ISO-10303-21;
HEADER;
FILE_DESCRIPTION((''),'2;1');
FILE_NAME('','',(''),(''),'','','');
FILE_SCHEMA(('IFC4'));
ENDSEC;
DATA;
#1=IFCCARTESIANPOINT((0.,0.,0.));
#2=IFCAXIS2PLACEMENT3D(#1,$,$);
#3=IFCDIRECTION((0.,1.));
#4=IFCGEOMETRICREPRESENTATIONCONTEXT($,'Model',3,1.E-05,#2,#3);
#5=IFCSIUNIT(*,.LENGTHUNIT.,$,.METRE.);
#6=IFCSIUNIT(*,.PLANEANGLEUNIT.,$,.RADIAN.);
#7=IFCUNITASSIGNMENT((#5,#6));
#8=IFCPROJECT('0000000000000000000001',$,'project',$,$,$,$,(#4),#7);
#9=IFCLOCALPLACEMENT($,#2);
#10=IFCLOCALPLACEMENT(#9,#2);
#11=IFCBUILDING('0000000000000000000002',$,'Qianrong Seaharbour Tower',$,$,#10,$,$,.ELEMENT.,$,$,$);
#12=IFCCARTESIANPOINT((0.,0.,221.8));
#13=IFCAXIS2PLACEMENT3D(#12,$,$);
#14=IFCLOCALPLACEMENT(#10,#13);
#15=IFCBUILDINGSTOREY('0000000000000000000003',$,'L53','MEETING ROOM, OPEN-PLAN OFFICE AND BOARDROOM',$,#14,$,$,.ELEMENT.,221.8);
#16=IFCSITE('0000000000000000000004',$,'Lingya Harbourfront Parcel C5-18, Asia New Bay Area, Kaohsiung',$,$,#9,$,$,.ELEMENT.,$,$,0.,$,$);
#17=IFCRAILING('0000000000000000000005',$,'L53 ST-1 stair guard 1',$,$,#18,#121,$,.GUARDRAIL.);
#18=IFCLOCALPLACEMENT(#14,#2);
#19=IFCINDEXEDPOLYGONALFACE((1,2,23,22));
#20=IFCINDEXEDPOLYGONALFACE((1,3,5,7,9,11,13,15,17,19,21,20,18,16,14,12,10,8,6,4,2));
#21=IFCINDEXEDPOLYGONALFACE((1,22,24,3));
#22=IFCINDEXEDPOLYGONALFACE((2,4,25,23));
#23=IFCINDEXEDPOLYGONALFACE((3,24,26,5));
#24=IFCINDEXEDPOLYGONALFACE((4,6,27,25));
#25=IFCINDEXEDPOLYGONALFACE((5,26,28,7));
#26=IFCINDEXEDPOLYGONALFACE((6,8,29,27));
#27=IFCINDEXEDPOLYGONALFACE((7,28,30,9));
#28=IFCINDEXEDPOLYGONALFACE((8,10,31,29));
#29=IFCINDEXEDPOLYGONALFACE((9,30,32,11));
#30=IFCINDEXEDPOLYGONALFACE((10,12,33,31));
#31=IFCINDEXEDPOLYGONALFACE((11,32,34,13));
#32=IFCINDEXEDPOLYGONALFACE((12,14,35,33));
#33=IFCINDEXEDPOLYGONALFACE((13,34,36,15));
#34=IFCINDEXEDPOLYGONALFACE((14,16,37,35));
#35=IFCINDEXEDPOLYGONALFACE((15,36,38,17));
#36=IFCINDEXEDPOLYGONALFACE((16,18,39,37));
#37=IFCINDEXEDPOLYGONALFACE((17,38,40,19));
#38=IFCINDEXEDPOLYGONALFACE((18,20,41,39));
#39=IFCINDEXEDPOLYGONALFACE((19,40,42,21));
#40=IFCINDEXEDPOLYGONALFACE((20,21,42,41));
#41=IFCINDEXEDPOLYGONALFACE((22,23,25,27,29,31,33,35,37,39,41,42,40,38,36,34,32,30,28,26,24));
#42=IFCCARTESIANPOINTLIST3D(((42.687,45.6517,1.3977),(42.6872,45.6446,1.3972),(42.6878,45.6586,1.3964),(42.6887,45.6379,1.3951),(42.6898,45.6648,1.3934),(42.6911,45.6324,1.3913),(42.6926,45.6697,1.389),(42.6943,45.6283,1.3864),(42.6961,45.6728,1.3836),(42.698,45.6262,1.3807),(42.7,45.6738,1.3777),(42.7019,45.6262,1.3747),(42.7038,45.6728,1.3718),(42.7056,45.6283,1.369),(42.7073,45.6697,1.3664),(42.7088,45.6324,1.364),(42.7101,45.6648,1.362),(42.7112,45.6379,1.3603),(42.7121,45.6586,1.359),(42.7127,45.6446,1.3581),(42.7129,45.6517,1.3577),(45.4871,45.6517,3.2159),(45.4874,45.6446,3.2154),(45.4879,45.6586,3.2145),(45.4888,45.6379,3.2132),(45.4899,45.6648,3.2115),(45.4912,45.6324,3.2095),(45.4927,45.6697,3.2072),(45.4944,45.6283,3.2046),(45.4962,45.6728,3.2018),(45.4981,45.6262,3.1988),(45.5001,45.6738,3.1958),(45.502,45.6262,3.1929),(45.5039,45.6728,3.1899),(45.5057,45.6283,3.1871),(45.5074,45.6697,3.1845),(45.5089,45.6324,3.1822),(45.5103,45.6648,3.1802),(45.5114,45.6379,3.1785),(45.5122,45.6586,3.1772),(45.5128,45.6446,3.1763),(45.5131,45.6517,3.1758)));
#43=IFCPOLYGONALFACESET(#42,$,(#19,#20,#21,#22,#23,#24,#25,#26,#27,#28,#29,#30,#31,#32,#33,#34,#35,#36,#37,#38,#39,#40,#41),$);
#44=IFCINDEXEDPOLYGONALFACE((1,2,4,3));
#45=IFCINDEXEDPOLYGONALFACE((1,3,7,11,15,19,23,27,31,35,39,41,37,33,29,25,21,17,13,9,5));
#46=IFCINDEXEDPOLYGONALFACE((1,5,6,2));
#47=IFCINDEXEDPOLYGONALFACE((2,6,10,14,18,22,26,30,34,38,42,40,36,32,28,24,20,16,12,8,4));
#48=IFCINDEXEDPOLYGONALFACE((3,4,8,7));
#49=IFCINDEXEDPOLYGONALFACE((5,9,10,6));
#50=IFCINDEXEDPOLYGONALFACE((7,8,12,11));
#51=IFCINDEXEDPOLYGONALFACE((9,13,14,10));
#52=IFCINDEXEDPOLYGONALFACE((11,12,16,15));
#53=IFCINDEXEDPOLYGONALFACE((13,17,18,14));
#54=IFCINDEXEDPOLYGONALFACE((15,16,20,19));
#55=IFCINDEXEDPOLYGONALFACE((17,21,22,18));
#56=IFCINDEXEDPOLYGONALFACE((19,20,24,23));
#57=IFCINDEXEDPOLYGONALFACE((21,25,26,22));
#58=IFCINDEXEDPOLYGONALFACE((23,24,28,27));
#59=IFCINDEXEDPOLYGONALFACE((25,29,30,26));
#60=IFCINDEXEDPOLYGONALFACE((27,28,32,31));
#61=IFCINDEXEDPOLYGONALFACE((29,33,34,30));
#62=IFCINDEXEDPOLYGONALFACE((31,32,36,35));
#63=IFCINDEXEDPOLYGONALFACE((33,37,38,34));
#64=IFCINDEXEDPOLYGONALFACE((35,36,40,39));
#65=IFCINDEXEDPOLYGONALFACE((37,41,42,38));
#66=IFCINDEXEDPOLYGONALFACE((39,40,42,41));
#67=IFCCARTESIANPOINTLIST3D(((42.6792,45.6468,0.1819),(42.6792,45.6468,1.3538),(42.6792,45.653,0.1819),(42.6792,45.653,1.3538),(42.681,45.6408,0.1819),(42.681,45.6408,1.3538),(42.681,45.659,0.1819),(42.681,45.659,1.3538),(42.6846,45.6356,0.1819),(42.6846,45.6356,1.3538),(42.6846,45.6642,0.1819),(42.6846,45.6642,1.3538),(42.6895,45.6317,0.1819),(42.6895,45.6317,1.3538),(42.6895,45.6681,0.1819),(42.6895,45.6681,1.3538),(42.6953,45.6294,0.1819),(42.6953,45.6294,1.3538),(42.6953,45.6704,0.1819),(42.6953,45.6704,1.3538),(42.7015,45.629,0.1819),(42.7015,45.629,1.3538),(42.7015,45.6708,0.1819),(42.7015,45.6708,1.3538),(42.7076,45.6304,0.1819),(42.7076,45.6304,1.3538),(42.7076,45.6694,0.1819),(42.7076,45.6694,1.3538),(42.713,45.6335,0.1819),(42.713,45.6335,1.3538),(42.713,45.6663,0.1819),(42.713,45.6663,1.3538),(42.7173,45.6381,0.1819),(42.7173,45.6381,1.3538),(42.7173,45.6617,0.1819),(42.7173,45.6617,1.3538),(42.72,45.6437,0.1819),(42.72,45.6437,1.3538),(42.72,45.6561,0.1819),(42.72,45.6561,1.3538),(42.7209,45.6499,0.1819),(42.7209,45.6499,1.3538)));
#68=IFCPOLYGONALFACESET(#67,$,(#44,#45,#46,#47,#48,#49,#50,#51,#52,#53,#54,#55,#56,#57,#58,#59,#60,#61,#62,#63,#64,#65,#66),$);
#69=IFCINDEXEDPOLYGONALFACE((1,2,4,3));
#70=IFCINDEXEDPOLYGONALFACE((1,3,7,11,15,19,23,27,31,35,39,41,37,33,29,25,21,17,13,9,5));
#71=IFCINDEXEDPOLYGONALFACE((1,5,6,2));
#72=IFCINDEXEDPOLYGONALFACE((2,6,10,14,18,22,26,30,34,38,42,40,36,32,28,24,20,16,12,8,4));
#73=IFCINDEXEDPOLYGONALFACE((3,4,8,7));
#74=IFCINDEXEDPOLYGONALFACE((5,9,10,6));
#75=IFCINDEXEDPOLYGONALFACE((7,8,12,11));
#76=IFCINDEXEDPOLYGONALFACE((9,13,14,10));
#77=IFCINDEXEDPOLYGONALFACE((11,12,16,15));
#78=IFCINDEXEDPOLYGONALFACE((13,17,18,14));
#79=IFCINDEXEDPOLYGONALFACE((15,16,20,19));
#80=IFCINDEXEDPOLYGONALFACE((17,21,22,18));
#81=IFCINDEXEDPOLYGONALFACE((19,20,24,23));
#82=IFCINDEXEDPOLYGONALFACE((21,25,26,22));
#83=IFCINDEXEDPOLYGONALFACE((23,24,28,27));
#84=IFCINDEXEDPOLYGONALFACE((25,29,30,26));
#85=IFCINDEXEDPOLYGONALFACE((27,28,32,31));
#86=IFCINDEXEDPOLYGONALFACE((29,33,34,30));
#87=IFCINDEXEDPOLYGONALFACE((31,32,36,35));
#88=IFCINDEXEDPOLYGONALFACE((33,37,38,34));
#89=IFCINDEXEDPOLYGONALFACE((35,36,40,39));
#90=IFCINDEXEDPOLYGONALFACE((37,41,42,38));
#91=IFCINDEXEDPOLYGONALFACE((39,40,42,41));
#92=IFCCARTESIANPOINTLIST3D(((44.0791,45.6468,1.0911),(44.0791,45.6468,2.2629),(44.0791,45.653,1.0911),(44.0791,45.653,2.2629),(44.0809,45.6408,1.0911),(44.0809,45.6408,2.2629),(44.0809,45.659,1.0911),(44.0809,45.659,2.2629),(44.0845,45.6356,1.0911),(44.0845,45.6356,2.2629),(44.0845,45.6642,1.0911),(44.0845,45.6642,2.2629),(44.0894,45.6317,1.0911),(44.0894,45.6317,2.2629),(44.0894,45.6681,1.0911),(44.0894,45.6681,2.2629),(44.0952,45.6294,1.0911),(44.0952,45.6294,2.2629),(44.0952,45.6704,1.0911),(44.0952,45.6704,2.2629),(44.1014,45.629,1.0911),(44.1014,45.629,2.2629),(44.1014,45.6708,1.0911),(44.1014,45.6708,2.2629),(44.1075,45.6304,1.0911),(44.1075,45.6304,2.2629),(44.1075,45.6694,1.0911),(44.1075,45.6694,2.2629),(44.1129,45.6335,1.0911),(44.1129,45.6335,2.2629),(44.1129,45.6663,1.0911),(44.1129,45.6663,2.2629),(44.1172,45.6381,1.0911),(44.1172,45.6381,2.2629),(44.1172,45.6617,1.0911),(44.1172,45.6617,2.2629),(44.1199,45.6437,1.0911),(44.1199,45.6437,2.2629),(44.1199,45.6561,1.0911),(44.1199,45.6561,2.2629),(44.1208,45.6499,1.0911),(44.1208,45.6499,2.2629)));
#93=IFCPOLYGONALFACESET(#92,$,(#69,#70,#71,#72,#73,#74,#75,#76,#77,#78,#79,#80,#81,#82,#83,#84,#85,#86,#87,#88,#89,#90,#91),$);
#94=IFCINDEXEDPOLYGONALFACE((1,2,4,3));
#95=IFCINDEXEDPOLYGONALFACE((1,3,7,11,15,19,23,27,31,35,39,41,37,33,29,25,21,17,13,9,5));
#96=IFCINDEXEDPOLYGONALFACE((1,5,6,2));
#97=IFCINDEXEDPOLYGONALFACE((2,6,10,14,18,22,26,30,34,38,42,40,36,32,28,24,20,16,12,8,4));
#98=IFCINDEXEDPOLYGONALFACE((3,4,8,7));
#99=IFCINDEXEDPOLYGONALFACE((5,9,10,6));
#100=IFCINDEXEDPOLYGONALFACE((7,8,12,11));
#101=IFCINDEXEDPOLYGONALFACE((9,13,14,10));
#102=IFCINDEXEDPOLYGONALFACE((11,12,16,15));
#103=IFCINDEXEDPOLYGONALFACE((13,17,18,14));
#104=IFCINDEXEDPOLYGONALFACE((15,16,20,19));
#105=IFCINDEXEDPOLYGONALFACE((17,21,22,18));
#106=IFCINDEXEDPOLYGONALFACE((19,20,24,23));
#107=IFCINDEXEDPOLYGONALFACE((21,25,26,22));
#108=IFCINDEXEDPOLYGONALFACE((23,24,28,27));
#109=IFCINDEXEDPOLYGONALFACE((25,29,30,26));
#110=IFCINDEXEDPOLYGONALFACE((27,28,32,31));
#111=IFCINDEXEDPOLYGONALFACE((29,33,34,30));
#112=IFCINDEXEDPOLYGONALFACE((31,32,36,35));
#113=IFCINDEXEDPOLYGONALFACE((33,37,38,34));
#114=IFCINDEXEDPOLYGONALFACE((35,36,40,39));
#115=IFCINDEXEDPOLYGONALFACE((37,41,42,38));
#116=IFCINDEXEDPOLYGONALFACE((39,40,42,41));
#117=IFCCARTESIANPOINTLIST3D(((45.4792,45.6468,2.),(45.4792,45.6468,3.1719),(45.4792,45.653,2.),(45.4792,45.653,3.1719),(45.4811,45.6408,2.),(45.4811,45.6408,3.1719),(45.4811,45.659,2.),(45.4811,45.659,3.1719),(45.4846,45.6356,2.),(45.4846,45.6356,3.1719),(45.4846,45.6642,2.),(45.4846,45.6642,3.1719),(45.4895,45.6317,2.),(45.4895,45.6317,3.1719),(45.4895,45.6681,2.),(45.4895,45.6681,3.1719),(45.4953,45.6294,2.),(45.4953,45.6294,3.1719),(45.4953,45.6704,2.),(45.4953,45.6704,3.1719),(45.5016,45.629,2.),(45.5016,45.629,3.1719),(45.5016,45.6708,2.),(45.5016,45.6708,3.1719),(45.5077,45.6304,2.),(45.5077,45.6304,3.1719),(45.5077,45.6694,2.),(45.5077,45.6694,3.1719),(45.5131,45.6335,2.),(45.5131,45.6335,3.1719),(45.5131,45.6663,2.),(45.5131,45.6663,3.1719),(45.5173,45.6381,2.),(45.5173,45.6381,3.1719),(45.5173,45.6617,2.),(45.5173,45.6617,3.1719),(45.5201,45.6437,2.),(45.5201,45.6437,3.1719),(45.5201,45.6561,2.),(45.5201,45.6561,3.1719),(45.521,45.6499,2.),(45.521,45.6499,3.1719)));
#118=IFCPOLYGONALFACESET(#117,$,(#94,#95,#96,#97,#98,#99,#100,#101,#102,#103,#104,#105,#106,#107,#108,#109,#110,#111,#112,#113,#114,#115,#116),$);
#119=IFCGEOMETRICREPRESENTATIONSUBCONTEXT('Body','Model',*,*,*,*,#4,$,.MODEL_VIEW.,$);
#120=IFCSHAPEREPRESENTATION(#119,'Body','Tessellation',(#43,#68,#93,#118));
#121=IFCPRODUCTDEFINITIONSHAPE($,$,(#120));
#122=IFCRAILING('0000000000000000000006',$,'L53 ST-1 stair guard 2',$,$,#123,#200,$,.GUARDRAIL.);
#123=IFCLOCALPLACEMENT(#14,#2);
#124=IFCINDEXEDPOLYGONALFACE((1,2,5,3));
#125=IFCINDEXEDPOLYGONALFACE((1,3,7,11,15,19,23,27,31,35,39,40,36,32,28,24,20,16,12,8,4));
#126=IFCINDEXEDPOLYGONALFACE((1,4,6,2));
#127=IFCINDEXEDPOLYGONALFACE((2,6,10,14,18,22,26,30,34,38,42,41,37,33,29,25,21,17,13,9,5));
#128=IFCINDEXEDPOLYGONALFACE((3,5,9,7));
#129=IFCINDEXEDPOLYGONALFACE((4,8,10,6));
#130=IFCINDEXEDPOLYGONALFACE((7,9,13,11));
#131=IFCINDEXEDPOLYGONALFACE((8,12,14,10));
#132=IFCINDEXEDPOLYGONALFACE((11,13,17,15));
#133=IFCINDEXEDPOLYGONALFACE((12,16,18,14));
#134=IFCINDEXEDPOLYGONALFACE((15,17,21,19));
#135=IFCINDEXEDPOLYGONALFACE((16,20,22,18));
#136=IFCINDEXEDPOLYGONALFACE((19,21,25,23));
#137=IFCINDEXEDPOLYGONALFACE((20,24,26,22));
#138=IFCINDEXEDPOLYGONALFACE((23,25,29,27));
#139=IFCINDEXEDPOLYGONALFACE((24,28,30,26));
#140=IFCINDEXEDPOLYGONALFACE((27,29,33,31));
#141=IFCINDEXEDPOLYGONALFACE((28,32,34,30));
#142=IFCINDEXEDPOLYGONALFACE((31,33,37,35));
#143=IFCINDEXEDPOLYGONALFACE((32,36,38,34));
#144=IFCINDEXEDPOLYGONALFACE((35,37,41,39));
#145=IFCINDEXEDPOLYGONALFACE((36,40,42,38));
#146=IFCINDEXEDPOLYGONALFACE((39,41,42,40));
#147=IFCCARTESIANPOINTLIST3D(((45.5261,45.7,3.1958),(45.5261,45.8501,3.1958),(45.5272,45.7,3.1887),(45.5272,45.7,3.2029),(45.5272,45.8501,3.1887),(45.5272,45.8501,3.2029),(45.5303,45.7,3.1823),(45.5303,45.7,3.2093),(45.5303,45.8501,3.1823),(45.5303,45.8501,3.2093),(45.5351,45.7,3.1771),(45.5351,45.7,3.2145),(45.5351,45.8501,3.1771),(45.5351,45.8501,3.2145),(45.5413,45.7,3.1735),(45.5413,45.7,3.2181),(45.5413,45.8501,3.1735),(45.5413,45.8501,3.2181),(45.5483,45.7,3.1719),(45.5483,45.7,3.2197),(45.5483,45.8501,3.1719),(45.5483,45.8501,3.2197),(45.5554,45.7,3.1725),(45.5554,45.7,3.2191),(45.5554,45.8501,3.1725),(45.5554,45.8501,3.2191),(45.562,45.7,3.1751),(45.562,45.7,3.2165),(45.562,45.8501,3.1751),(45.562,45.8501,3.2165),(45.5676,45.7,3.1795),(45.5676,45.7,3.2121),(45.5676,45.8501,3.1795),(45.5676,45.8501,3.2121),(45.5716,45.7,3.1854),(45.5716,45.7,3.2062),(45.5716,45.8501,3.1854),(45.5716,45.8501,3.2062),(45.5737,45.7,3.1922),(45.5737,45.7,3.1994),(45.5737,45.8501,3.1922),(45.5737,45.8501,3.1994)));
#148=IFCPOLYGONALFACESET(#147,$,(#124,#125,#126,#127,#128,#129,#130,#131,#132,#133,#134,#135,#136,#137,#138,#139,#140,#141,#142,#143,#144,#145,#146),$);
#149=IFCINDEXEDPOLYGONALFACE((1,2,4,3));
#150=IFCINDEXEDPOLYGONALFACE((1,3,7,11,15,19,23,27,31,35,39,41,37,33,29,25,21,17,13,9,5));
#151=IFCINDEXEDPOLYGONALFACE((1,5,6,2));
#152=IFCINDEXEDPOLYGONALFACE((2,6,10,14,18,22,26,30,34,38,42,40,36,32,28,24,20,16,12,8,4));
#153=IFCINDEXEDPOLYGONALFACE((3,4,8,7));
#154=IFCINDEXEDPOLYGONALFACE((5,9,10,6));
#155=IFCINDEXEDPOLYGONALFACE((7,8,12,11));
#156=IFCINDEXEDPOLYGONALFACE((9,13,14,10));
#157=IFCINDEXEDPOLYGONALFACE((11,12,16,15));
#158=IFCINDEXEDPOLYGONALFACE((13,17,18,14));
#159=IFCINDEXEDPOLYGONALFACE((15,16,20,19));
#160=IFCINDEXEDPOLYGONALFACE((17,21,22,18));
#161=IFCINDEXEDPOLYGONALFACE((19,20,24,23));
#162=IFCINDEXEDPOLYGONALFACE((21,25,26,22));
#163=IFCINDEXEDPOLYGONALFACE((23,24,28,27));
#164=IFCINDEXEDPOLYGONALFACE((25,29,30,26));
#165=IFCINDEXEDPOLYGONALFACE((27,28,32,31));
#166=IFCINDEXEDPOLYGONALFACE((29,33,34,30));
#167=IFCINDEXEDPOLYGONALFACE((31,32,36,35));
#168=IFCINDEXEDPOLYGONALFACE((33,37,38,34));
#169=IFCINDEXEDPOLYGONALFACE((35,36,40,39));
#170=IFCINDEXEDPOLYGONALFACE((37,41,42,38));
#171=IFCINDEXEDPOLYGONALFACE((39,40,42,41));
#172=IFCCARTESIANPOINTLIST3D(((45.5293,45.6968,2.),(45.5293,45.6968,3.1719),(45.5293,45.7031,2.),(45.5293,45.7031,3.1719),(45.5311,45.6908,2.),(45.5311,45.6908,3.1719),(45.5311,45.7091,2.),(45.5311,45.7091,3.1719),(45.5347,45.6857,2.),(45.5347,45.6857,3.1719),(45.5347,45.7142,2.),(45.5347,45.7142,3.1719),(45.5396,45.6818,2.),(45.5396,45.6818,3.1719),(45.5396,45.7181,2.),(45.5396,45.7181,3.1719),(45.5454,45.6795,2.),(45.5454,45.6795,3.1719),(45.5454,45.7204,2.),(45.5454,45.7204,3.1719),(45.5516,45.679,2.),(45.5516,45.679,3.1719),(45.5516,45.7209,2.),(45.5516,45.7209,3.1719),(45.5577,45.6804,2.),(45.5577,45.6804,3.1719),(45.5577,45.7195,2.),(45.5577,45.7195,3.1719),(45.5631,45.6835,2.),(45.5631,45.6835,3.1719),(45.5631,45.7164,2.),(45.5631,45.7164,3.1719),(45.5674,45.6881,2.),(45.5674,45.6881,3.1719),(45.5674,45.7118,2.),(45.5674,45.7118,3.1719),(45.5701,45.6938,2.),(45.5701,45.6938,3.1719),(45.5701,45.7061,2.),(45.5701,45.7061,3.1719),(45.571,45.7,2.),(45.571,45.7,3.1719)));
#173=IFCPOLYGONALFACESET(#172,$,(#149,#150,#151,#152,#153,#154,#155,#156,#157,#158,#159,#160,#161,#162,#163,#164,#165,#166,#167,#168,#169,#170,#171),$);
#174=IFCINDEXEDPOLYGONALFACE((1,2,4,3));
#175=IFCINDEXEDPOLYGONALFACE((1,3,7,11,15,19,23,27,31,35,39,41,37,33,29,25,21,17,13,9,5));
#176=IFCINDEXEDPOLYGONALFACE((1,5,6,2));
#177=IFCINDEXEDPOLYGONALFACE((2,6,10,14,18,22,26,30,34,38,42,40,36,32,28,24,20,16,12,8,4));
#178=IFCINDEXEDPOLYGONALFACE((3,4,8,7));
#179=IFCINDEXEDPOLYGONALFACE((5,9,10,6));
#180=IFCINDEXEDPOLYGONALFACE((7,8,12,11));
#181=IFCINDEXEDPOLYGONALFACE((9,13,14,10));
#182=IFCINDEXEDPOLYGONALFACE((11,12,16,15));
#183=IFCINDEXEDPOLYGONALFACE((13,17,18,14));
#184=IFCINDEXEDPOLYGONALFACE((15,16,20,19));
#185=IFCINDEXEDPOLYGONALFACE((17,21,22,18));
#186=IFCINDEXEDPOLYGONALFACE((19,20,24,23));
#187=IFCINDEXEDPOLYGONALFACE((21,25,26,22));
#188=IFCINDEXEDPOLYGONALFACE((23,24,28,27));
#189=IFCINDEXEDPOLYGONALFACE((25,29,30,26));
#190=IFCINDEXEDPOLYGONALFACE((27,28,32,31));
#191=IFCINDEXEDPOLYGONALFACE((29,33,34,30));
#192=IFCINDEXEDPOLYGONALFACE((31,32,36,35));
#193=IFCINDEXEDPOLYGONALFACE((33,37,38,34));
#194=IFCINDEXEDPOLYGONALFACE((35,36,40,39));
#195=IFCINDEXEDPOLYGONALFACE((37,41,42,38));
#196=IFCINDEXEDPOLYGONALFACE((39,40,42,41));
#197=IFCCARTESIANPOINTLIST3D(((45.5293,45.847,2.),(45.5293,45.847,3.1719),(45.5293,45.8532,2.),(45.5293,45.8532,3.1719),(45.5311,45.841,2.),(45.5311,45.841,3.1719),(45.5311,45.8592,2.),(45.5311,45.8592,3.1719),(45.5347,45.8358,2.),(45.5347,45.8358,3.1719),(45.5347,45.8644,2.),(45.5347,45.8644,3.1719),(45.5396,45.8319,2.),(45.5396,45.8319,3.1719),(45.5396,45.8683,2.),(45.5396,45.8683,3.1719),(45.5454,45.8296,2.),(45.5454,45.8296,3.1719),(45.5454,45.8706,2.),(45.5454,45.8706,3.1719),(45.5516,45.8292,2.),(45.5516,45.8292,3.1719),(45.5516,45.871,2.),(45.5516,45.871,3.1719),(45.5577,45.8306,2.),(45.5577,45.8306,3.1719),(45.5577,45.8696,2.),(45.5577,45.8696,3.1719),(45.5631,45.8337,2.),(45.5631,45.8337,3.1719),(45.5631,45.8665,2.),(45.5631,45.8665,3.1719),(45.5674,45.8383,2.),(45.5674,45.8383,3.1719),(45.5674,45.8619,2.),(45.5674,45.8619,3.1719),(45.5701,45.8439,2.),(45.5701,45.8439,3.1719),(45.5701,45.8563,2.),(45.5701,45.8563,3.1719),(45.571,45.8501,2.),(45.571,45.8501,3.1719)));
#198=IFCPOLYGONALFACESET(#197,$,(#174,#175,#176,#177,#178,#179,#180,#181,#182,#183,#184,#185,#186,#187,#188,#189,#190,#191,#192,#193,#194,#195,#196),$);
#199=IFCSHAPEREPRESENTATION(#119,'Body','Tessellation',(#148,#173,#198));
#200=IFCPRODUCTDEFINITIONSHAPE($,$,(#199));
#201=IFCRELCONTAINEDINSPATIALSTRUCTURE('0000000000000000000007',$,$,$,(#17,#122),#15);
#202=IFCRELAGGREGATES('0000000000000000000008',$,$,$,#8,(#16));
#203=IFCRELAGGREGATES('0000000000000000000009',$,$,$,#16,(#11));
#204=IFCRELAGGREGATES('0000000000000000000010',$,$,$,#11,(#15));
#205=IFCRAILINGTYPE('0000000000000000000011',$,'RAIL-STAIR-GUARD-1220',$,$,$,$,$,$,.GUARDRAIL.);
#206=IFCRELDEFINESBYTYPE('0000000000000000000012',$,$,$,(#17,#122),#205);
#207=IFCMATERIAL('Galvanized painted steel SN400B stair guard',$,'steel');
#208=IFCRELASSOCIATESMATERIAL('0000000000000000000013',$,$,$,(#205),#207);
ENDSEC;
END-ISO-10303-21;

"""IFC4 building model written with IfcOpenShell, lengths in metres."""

from ifc_helpers import new_model, si_unit, direction, frame, origin, origin_2d, place, context, subcontext, project, spatial, circle, extrude, material, type_object, element, save


model = new_model("IFC4")

# Units and contexts
model_context = context("Model", 3, precision=1e-05, world=origin(), true_north=direction((0.0, 1.0)))
body_context = subcontext(model_context, "Body", "Model", "MODEL_VIEW")
ifc_project = project(units=[si_unit("LENGTHUNIT", "METRE"), si_unit("PLANEANGLEUNIT", "RADIAN")], contexts=[model_context])

# Site, building, storey
site_placement = place(None, origin())
site = spatial("IfcSite", under=ifc_project, at=site_placement, Name="Lingya Harbourfront Parcel C5-18, Asia New Bay Area, Kaohsiung", CompositionType="ELEMENT", RefElevation=0.0)
building_placement = place(site_placement, origin())
building = spatial("IfcBuilding", under=site, at=building_placement, Name="Qianrong Seaharbour Tower", CompositionType="ELEMENT")
storey_placement = place(building_placement, frame((0.0, 0.0, 221.8)))
storey = spatial("IfcBuildingStorey", under=building, at=storey_placement, Name="L53", Description="MEETING ROOM, OPEN-PLAN OFFICE AND BOARDROOM", CompositionType="ELEMENT", Elevation=221.8)

# Railings
ifc_material_1 = material(Name="Galvanized painted steel SN400B stair guard", Category="steel")
railing_type_1 = type_object("IfcRailingType", Name="RAIL-STAIR-GUARD-1220", PredefinedType="GUARDRAIL", material=ifc_material_1)
railing_1_placement = place(storey_placement, frame((42.7, 45.6499, 0.1819)))
element("IfcRailing", 1, at=railing_1_placement, inside=storey, type_object=railing_type_1, Name="L53 ST-1 stair guard 1", PredefinedType="GUARDRAIL", context=body_context, shape_type="SweptSolid", body=[
    extrude(circle(Radius=0.0239, at=origin_2d()), frame((0.0, 0.0, 1.1958), z_axis=(0.838706, 0.0, 0.544585), x_axis=(0.0, 1.0, 0.0)), (0.0, 0.0, 1.0), 3.3386),
    extrude(circle(Radius=0.021, at=origin_2d()), origin(), (0.0, 0.0, 1.0), 1.1719),
    extrude(circle(Radius=0.021, at=origin_2d()), frame((1.3999, 0.0, 0.9092)), (0.0, 0.0, 1.0), 1.1719),
    extrude(circle(Radius=0.021, at=origin_2d()), frame((2.8, 0.0, 1.8181)), (0.0, 0.0, 1.0), 1.1719),
])
railing_2_placement = place(storey_placement, frame((45.55, 45.7, 2.0)))
element("IfcRailing", 2, at=railing_2_placement, inside=storey, type_object=railing_type_1, Name="L53 ST-1 stair guard 2", PredefinedType="GUARDRAIL", context=body_context, shape_type="SweptSolid", body=[
    extrude(circle(Radius=0.0239, at=origin_2d()), frame((0.0, 0.0, 1.1958), z_axis=(0.0, 1.0, 0.0), x_axis=(-1.0, 0.0, 0.0)), (0.0, 0.0, 1.0), 0.1501),
    extrude(circle(Radius=0.021, at=origin_2d()), origin(), (0.0, 0.0, 1.0), 1.1719),
    extrude(circle(Radius=0.021, at=origin_2d()), frame((0.0, 0.1501, 0.0)), (0.0, 0.0, 1.0), 1.1719),
])

save(model, "model.ifc")
